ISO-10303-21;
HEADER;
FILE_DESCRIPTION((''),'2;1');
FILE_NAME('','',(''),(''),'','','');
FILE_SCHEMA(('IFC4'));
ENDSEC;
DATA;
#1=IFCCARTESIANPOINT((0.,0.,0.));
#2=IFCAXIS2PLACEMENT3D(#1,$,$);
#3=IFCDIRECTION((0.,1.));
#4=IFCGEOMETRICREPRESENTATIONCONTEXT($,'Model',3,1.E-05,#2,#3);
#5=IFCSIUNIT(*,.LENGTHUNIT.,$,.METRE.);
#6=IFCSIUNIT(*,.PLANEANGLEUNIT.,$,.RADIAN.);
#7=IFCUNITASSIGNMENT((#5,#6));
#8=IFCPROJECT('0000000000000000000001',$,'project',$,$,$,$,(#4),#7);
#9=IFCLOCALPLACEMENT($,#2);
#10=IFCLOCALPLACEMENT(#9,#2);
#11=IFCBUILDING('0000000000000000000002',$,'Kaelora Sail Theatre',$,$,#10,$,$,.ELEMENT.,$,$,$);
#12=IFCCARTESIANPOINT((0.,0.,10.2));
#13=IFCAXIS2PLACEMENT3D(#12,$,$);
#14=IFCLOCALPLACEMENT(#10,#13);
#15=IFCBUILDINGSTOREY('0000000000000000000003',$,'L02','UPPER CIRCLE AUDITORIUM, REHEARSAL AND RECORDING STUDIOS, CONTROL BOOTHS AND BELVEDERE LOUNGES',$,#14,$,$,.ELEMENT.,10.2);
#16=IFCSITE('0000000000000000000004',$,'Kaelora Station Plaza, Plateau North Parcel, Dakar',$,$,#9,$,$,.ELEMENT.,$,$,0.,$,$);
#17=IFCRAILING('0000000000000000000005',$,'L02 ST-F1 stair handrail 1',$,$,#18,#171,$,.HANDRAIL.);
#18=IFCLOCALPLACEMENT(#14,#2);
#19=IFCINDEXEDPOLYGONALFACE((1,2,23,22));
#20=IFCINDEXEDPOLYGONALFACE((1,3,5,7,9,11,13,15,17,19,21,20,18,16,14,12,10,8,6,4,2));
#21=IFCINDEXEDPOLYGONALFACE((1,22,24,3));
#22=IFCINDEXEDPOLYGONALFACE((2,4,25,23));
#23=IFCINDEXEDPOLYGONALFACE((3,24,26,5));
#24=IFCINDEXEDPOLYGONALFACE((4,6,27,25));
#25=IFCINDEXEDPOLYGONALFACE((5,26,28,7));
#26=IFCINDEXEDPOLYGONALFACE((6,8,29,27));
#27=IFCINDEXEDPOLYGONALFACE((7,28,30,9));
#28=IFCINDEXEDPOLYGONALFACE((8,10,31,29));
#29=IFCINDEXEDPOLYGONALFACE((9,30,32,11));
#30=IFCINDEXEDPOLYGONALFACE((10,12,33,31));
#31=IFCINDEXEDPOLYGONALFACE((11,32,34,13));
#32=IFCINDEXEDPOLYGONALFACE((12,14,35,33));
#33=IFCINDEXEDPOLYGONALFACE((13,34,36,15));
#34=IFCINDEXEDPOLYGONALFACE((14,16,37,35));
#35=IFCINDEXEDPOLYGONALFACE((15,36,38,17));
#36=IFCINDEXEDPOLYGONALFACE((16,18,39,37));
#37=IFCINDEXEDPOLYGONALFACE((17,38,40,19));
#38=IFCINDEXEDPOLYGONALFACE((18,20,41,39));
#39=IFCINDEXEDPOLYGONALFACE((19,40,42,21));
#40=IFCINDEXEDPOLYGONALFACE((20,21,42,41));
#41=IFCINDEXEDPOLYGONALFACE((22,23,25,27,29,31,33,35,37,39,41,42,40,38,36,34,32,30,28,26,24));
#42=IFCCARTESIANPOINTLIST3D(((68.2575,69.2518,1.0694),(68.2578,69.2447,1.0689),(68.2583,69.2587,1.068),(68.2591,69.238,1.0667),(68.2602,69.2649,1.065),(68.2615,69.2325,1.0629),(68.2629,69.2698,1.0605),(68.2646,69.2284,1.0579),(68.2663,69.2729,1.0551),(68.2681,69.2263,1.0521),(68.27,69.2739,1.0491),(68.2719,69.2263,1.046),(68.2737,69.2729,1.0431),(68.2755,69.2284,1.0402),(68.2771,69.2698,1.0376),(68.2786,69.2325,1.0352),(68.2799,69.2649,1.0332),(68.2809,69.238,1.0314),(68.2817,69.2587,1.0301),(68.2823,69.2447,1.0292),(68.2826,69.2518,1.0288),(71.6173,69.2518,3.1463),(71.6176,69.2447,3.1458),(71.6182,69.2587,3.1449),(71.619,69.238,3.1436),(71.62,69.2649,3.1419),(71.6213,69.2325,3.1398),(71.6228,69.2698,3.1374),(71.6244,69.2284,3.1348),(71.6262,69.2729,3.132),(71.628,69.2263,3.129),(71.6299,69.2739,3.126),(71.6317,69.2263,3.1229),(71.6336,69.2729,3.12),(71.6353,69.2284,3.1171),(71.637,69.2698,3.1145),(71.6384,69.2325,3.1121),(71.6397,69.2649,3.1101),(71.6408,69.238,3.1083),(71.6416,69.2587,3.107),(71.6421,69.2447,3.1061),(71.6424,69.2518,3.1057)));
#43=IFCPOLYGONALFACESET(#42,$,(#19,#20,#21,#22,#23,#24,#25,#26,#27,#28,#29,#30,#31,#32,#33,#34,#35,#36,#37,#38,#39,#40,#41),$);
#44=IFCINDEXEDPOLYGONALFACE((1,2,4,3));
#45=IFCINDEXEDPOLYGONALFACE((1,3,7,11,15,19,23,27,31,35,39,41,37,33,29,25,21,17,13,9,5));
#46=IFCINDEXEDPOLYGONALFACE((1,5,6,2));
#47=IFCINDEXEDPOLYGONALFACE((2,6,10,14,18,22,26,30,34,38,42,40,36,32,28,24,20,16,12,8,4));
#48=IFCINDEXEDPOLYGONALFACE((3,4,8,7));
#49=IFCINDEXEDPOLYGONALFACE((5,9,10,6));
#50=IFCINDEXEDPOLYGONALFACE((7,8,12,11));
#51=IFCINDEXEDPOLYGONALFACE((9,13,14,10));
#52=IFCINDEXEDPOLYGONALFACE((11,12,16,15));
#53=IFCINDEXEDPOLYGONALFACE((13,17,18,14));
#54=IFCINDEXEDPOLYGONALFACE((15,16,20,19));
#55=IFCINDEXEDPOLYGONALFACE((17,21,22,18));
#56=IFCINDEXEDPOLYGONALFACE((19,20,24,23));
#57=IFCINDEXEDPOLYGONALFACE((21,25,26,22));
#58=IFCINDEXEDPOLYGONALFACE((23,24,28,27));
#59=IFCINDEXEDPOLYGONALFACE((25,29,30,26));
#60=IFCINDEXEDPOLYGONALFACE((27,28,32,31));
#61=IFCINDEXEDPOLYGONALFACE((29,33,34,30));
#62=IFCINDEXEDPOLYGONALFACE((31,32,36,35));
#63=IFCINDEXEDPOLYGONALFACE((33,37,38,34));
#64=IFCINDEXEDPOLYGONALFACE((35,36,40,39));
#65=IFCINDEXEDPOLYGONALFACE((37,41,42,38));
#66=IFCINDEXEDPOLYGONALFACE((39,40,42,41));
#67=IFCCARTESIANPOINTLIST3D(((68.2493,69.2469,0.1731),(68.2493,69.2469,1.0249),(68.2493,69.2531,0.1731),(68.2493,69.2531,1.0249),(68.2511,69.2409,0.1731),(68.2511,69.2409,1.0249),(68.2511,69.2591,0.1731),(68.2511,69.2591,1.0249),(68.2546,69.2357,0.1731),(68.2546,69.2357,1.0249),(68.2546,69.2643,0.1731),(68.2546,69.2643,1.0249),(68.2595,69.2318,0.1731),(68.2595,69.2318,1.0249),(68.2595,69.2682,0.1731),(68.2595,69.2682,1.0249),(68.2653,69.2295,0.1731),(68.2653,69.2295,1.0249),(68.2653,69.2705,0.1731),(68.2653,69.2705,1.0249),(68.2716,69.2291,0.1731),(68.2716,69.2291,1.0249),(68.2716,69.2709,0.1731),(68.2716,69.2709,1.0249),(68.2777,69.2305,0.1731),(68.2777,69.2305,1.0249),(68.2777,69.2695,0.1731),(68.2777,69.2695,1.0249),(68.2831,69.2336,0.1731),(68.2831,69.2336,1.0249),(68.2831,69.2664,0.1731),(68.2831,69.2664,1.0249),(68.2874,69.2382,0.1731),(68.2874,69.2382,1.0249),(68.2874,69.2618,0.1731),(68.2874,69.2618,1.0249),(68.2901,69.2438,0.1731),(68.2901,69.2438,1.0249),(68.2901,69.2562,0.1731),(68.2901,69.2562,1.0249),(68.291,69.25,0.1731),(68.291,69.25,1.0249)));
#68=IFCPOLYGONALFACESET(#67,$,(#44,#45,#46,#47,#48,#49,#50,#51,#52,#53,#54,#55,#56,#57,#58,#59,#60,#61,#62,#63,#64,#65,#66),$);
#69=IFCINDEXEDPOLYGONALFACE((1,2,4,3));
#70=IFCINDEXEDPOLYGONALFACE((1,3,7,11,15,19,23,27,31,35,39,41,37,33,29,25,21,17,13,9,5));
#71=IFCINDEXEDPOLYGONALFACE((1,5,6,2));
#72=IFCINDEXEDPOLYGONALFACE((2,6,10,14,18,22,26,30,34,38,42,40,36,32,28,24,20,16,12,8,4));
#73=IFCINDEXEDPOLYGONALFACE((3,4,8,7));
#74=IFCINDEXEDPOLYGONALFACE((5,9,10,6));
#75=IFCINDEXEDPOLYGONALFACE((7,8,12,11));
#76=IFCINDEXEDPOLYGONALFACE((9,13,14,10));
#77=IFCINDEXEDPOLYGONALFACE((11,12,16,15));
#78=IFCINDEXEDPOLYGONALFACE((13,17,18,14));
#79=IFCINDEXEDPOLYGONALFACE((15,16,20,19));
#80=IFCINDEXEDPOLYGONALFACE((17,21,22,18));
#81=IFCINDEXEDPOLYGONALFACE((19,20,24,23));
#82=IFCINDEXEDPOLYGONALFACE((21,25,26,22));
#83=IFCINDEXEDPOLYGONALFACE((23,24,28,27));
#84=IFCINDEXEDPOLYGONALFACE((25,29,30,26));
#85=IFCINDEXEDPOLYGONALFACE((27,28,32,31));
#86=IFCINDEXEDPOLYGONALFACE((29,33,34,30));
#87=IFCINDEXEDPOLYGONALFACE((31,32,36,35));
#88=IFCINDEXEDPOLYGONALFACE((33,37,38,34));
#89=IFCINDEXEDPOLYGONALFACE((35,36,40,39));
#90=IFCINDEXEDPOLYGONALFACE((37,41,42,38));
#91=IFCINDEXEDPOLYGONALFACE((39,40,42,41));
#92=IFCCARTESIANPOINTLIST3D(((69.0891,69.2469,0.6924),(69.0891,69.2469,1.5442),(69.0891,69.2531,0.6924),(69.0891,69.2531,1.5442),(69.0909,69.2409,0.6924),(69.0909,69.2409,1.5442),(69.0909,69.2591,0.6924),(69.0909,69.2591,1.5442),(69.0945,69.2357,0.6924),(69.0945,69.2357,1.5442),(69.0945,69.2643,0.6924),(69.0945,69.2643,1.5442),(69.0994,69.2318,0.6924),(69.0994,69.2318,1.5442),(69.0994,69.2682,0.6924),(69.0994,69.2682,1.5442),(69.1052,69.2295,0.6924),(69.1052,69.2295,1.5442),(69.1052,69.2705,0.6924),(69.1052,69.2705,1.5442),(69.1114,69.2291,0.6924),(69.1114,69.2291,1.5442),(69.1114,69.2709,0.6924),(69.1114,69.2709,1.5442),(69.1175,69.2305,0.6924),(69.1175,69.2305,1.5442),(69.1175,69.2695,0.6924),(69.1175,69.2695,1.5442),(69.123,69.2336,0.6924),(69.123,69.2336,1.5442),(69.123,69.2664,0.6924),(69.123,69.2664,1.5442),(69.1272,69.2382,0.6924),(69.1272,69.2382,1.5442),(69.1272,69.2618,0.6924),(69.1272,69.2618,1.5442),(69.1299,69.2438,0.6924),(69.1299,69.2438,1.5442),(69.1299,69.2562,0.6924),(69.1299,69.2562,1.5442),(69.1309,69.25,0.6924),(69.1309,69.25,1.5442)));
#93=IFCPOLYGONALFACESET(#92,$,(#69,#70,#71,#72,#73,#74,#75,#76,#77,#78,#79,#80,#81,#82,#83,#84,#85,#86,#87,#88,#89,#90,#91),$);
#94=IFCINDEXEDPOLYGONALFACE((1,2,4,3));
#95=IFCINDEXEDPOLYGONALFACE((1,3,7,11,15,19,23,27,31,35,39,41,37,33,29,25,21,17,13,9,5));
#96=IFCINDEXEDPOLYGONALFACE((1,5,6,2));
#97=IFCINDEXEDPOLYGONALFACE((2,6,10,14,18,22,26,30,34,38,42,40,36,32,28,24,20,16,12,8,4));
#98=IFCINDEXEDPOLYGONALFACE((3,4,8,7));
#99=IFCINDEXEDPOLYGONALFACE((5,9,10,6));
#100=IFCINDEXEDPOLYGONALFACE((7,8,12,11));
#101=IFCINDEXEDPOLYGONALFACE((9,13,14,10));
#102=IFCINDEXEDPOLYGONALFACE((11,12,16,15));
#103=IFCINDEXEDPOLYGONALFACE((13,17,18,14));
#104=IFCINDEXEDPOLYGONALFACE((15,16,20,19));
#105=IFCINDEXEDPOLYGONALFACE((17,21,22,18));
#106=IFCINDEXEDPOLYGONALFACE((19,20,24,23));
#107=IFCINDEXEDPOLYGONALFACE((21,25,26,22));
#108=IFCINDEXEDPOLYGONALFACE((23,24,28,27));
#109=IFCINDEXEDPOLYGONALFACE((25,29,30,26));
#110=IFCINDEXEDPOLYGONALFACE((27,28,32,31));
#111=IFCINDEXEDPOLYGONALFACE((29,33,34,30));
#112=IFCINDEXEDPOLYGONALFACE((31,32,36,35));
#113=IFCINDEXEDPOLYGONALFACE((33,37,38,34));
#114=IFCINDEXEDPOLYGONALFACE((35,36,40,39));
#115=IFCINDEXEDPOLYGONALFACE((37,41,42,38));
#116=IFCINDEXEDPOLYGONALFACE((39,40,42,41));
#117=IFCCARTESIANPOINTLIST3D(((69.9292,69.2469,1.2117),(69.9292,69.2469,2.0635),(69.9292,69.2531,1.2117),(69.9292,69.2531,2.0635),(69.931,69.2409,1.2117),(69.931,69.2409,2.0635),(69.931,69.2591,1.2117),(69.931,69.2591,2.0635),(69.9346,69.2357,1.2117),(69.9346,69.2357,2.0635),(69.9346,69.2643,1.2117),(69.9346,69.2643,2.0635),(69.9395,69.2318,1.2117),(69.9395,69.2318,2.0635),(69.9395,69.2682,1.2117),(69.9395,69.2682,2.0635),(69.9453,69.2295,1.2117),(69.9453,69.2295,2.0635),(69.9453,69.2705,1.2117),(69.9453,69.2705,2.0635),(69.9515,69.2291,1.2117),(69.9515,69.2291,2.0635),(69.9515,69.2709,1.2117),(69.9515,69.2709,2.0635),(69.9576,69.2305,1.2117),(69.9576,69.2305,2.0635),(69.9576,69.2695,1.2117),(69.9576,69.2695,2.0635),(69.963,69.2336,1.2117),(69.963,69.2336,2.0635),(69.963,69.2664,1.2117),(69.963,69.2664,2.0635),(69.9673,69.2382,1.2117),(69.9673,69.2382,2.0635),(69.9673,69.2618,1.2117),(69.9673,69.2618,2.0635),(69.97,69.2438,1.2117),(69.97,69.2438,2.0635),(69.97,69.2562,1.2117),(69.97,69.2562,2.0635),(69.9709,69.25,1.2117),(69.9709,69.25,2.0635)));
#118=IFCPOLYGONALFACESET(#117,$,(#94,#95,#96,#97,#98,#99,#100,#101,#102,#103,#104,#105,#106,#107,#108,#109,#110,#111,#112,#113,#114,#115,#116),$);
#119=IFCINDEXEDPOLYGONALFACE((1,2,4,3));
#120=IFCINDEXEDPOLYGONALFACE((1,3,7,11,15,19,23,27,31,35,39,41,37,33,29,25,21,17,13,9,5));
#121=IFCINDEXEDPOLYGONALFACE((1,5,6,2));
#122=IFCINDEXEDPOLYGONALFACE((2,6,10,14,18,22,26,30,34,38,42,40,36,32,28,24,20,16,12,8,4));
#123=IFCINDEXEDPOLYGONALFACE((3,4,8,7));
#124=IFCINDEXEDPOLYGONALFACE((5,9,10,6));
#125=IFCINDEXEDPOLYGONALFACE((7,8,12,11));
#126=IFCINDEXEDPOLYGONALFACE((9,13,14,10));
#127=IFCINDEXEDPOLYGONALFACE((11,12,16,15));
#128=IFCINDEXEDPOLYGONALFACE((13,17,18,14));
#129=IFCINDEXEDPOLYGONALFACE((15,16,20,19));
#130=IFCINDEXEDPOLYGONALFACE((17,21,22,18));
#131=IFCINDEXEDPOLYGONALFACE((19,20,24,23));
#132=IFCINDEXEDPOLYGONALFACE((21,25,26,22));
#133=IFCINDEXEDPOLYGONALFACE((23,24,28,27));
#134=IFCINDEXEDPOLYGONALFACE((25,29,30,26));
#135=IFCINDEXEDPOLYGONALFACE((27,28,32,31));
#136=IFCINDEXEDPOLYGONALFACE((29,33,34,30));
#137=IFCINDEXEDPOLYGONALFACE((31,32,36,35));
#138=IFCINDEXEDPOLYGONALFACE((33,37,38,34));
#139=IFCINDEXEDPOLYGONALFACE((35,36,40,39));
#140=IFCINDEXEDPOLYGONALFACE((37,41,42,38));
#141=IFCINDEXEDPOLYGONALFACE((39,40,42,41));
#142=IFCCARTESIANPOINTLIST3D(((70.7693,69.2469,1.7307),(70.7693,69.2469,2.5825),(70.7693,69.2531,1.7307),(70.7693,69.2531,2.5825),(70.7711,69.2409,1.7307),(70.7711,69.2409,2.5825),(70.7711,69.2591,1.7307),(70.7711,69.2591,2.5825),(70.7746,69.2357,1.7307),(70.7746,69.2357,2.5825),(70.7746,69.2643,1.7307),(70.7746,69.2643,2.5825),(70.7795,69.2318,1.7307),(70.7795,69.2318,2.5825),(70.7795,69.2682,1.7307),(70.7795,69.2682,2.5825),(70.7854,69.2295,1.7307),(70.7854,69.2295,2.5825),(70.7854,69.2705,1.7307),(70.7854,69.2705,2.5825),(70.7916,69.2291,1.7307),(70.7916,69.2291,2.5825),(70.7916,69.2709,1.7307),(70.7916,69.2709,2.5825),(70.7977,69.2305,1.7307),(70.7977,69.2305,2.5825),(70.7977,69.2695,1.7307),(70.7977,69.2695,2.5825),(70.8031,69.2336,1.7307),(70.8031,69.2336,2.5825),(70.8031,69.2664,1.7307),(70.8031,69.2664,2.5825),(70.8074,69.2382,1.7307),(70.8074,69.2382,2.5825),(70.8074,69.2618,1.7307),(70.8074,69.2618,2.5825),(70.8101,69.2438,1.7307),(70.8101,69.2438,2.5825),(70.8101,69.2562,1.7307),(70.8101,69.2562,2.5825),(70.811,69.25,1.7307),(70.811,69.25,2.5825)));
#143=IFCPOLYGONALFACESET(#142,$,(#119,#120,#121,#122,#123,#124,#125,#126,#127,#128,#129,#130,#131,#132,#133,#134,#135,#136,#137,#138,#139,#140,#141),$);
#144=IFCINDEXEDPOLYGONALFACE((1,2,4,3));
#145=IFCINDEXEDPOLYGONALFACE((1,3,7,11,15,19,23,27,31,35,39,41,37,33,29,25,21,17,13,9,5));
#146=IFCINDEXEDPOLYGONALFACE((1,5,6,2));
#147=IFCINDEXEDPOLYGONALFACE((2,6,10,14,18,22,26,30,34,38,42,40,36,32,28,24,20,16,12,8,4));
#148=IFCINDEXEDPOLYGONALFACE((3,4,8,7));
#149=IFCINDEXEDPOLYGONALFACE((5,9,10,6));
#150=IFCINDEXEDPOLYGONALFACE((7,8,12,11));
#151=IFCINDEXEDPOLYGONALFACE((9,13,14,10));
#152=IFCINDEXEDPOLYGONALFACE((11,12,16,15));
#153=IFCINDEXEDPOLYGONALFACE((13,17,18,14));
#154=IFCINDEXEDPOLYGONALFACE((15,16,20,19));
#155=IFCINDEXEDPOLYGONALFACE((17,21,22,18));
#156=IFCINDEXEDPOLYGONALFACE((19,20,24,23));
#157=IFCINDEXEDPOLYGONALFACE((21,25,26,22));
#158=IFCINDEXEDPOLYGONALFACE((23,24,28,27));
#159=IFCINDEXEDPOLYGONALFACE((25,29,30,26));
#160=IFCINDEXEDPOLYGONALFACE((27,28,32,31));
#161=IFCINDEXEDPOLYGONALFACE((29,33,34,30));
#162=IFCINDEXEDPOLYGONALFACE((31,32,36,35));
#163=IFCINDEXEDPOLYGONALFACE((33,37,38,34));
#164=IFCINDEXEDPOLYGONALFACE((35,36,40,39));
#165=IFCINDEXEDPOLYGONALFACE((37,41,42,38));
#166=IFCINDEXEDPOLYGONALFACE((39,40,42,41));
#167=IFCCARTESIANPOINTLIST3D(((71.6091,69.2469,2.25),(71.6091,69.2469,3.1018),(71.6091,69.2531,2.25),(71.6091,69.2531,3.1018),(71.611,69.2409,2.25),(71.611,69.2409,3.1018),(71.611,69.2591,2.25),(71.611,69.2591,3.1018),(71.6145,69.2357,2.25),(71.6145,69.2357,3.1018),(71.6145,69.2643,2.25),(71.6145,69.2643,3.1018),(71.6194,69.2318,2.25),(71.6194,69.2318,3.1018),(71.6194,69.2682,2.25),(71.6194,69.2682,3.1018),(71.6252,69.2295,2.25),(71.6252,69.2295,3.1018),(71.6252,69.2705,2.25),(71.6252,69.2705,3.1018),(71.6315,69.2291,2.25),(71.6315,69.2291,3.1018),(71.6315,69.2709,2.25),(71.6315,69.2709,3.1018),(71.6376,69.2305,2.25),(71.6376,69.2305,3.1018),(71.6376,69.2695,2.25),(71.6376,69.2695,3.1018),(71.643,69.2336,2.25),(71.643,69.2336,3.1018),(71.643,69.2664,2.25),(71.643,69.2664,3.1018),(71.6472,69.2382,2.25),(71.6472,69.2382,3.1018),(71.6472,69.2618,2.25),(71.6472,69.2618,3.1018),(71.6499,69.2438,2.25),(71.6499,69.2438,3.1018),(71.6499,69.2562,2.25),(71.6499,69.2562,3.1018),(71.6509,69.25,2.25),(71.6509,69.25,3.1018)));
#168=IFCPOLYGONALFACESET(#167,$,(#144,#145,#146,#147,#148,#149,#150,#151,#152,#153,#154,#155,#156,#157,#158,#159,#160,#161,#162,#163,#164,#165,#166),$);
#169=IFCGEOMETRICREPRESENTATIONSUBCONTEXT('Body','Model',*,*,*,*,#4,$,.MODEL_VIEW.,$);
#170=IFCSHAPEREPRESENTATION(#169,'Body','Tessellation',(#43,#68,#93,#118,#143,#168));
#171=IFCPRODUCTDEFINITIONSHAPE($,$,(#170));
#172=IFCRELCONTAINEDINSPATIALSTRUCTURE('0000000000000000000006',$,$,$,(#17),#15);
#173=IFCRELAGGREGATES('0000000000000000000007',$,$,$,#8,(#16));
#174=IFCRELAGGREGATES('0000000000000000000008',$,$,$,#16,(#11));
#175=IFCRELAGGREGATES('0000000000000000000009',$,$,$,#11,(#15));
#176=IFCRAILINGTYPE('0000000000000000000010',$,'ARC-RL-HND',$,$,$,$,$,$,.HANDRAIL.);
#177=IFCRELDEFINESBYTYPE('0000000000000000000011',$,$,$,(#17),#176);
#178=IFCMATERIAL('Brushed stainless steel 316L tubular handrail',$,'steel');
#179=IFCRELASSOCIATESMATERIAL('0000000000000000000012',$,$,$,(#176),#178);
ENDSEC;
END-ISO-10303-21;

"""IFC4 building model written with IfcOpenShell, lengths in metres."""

from ifc_helpers import new_model, si_unit, direction, frame, origin, origin_2d, place, context, subcontext, project, spatial, circle, extrude, material, type_object, element, save


model = new_model("IFC4")

# Units and contexts
model_context = context("Model", 3, precision=1e-05, world=origin(), true_north=direction((0.0, 1.0)))
body_context = subcontext(model_context, "Body", "Model", "MODEL_VIEW")
ifc_project = project(units=[si_unit("LENGTHUNIT", "METRE"), si_unit("PLANEANGLEUNIT", "RADIAN")], contexts=[model_context])

# Site, building, storey
site_placement = place(None, origin())
site = spatial("IfcSite", under=ifc_project, at=site_placement, Name="Kaelora Station Plaza, Plateau North Parcel, Dakar", CompositionType="ELEMENT", RefElevation=0.0)
building_placement = place(site_placement, origin())
building = spatial("IfcBuilding", under=site, at=building_placement, Name="Kaelora Sail Theatre", CompositionType="ELEMENT")
storey_placement = place(building_placement, frame((0.0, 0.0, 10.2)))
storey = spatial("IfcBuildingStorey", under=building, at=storey_placement, Name="L02", Description="UPPER CIRCLE AUDITORIUM, REHEARSAL AND RECORDING STUDIOS, CONTROL BOOTHS AND BELVEDERE LOUNGES", CompositionType="ELEMENT", Elevation=10.2)

# Railing
ifc_material_1 = material(Name="Brushed stainless steel 316L tubular handrail", Category="steel")
railing_type_1 = type_object("IfcRailingType", Name="ARC-RL-HND", PredefinedType="HANDRAIL", material=ifc_material_1)
railing_1_placement = place(storey_placement, frame((68.27, 69.25, 0.1731)))
element("IfcRailing", 1, at=railing_1_placement, inside=storey, type_object=railing_type_1, Name="L02 ST-F1 stair handrail 1", PredefinedType="HANDRAIL", context=body_context, shape_type="SweptSolid", body=[
    extrude(circle(Radius=0.0239, at=origin_2d()), frame((0.0, 0.0, 0.876), z_axis=(0.850606, 0.0, 0.525803), x_axis=(0.0, 1.0, 0.0)), (0.0, 0.0, 1.0), 3.95),
    extrude(circle(Radius=0.021, at=origin_2d()), origin(), (0.0, 0.0, 1.0), 0.8518),
    extrude(circle(Radius=0.021, at=origin_2d()), frame((0.8398, 0.0, 0.5193)), (0.0, 0.0, 1.0), 0.8518),
    extrude(circle(Radius=0.021, at=origin_2d()), frame((1.6799, 0.0, 1.0386)), (0.0, 0.0, 1.0), 0.8518),
    extrude(circle(Radius=0.021, at=origin_2d()), frame((2.52, 0.0, 1.5576)), (0.0, 0.0, 1.0), 0.8518),
    extrude(circle(Radius=0.021, at=origin_2d()), frame((3.3599, 0.0, 2.0769)), (0.0, 0.0, 1.0), 0.8518),
])

save(model, "model.ifc")
